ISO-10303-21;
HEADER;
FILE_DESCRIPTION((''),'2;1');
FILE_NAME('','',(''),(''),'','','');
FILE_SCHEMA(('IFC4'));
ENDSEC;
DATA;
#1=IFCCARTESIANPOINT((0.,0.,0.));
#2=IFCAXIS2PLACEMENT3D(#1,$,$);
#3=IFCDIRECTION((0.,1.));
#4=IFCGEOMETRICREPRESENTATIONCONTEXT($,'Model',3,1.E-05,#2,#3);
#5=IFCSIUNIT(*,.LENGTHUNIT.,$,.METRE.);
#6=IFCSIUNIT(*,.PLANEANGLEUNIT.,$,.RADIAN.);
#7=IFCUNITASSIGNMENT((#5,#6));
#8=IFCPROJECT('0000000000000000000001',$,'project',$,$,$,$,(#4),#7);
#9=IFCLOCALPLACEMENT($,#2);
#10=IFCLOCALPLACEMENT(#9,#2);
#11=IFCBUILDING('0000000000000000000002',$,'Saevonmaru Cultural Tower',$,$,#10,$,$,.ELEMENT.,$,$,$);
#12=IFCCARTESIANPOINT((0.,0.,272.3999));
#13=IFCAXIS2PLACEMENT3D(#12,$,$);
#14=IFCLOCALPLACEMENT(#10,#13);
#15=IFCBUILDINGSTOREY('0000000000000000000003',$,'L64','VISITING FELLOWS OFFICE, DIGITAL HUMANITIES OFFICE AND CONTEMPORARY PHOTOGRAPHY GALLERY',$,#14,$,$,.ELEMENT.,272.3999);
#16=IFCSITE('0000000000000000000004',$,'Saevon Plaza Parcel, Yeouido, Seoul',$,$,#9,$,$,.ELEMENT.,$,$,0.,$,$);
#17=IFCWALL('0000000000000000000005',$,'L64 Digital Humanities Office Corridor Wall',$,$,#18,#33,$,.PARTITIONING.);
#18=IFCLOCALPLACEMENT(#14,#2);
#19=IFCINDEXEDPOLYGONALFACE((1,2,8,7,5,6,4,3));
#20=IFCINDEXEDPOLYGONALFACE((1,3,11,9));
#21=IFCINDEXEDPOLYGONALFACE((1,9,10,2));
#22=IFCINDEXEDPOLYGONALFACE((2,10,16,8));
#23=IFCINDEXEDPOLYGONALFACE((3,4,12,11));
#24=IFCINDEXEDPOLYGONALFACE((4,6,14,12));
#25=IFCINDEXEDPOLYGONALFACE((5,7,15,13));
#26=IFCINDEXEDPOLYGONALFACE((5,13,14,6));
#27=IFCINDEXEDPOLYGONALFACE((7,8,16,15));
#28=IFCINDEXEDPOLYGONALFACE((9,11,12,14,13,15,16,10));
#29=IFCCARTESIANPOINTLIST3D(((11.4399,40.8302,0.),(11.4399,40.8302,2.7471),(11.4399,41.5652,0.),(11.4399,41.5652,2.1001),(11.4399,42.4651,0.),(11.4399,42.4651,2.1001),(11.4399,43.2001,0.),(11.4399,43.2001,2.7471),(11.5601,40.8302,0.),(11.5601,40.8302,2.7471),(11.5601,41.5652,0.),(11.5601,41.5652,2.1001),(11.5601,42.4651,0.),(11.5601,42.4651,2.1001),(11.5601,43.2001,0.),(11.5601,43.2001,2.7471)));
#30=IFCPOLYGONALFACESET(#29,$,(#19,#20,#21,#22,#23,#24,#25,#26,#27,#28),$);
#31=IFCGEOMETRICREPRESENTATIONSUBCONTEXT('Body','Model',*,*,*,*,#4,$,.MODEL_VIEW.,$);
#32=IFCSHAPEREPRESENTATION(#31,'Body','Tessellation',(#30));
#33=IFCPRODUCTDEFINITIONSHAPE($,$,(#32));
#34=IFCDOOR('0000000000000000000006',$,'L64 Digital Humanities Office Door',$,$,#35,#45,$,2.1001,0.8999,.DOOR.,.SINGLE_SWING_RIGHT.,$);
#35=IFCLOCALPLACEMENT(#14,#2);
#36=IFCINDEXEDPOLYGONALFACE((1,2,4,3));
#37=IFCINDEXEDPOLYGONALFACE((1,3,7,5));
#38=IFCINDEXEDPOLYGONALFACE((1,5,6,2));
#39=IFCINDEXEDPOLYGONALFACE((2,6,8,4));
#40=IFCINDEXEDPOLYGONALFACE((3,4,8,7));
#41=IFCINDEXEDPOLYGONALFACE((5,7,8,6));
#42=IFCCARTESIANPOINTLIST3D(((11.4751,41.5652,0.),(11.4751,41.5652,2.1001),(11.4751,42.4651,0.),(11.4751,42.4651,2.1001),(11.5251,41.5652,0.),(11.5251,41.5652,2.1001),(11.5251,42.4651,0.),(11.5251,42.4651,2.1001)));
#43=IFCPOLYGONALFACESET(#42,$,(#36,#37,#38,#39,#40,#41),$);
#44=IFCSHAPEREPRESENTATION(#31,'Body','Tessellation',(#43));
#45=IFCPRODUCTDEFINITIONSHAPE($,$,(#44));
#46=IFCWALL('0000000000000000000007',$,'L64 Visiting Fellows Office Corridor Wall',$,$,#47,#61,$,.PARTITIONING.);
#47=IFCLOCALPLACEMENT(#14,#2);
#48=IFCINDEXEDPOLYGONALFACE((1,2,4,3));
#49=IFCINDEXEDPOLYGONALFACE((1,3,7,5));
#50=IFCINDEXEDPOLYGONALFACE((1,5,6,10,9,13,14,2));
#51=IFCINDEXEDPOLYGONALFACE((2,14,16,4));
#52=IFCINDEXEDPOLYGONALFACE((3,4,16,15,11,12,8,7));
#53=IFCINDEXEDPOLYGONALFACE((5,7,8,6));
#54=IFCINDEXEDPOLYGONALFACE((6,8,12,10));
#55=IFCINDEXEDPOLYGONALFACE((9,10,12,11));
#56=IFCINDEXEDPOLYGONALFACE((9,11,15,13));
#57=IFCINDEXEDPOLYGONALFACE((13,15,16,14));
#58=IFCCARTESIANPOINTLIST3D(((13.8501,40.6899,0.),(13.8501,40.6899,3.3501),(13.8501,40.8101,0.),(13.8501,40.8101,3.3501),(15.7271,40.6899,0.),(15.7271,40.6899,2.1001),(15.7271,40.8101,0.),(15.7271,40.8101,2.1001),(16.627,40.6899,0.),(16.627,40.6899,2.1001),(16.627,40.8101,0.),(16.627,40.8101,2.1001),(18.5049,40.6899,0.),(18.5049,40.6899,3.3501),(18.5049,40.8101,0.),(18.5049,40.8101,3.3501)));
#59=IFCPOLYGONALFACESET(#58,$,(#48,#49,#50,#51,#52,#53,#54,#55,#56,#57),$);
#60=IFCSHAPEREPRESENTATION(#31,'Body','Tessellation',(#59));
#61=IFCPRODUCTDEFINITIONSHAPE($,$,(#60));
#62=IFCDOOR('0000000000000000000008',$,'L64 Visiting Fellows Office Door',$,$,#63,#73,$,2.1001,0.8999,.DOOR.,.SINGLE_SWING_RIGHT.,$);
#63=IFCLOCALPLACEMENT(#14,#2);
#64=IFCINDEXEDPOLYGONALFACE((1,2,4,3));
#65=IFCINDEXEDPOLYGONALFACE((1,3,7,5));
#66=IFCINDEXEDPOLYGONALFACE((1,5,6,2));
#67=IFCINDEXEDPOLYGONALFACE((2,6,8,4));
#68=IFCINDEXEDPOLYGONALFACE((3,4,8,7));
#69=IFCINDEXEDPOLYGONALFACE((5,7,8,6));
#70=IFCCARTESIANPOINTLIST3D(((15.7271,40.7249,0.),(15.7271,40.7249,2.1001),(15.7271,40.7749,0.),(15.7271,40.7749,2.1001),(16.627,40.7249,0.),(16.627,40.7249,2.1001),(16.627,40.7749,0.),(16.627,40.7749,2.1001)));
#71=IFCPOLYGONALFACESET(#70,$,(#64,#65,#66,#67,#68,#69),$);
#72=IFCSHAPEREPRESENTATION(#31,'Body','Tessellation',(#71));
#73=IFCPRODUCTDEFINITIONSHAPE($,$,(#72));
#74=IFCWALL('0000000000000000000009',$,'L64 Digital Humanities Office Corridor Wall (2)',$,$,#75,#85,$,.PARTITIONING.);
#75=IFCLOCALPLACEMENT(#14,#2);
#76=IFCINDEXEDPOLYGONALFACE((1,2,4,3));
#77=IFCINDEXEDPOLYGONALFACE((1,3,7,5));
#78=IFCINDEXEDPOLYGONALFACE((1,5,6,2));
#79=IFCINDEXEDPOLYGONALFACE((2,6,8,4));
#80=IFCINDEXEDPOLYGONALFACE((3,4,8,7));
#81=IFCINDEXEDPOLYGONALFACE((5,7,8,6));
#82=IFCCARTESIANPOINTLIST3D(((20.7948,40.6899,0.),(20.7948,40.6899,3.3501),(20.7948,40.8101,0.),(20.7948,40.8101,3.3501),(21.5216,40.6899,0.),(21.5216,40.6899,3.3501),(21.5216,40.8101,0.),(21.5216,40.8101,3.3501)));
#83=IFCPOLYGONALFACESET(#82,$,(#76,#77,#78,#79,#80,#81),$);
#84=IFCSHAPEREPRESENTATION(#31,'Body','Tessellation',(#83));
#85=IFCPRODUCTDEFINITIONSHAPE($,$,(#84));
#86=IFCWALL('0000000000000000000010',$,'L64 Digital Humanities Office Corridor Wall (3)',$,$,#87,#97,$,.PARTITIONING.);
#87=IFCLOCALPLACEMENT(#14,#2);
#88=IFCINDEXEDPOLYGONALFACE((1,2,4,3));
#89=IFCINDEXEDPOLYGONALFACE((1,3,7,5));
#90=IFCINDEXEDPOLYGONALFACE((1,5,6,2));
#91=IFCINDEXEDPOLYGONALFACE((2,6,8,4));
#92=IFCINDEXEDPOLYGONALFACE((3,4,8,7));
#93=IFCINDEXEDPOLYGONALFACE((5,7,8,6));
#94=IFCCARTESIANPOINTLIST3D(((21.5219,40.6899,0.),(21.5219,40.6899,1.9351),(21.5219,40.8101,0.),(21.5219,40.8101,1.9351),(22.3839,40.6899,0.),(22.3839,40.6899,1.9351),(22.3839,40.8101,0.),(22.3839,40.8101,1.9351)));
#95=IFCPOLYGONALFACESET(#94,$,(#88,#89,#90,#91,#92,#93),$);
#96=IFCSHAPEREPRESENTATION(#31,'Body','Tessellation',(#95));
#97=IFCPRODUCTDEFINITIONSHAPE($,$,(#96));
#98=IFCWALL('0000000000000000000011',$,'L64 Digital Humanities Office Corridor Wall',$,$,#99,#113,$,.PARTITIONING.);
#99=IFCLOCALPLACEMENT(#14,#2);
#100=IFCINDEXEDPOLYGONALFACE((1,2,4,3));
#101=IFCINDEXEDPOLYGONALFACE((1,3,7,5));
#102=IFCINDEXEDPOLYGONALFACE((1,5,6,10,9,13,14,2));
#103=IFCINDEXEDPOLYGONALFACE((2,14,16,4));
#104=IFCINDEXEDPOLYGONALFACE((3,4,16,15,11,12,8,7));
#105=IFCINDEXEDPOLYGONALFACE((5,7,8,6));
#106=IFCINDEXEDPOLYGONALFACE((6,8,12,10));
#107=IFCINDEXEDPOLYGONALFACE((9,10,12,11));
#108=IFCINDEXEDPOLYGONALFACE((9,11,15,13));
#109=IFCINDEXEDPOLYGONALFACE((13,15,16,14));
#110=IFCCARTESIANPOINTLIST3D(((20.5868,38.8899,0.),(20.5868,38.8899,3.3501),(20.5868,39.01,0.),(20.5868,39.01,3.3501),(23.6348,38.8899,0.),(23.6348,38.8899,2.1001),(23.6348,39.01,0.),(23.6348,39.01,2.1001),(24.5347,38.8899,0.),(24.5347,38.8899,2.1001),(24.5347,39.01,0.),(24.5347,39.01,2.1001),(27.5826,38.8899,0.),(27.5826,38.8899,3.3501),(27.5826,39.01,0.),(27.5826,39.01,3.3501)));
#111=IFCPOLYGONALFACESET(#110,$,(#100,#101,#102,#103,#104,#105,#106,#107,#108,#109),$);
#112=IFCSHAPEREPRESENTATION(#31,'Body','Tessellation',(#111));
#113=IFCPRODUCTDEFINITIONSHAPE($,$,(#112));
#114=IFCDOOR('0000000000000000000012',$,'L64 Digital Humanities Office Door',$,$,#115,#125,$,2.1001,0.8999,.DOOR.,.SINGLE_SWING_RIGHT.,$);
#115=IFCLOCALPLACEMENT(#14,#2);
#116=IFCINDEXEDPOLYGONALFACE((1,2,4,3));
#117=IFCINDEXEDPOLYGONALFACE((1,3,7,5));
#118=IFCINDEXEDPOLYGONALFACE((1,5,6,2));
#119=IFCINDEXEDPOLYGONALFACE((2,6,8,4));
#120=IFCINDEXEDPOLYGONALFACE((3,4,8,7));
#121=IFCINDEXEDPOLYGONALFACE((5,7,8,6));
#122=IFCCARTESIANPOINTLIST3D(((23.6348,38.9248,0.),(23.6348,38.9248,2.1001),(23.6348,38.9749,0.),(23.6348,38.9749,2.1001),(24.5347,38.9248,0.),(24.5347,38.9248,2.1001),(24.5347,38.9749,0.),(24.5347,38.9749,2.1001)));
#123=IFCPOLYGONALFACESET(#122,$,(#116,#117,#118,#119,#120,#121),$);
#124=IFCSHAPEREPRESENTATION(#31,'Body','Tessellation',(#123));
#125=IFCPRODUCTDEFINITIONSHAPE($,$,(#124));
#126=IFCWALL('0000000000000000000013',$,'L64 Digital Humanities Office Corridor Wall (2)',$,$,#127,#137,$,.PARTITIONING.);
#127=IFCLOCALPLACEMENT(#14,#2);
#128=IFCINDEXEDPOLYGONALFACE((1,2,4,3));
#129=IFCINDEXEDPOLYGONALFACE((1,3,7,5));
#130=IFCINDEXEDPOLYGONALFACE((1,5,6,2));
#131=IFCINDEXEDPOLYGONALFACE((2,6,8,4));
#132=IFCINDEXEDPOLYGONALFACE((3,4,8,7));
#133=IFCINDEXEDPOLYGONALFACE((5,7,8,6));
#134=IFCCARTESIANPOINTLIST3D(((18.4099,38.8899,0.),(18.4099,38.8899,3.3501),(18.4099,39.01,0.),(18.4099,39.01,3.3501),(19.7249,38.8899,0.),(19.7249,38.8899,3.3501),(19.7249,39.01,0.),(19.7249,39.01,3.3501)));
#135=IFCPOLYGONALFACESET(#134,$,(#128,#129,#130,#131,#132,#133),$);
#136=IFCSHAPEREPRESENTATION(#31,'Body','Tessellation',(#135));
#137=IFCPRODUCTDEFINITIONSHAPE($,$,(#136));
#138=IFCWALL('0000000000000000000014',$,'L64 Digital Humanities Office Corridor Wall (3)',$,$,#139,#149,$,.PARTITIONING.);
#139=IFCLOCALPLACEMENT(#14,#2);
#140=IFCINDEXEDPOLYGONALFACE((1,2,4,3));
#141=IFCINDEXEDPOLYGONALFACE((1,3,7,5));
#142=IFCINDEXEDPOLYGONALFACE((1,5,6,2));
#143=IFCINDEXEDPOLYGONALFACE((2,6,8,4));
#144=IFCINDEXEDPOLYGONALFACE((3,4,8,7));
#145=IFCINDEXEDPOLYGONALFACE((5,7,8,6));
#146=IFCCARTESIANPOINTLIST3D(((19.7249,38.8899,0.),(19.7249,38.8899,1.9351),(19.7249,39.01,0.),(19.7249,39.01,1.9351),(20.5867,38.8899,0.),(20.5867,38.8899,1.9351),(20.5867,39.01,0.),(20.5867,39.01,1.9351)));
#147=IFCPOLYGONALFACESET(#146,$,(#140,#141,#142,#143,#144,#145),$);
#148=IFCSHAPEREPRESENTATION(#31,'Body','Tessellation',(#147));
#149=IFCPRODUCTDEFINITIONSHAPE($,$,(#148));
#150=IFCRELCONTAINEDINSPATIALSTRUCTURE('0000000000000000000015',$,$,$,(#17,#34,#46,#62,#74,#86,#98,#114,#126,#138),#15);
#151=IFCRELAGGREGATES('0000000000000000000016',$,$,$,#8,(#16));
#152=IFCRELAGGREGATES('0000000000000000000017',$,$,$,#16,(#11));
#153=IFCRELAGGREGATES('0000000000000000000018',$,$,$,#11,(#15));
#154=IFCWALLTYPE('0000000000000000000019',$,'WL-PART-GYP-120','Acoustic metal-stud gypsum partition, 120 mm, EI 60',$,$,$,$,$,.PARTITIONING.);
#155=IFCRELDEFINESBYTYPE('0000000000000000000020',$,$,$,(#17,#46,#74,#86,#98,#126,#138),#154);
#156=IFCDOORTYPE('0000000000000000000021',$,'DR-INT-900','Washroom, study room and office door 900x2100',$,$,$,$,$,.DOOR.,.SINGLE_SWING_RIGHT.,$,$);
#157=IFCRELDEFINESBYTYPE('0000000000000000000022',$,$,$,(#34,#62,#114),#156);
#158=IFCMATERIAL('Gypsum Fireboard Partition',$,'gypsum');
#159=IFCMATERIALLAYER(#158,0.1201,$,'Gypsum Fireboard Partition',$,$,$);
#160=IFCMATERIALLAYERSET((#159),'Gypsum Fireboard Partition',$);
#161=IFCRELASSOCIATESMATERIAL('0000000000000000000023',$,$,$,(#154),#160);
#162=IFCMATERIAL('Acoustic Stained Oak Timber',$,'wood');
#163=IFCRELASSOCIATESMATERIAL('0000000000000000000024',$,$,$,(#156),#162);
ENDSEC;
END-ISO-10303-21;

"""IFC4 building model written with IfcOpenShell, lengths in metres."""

from ifc_helpers import new_model, si_unit, direction, frame, frame_2d, origin, place, context, subcontext, project, spatial, rectangle, extrude, material, layer, layer_set, type_object, element, fill, save


model = new_model("IFC4")

# Units and contexts
model_context = context("Model", 3, precision=1e-05, world=origin(), true_north=direction((0.0, 1.0)))
body_context = subcontext(model_context, "Body", "Model", "MODEL_VIEW")
ifc_project = project(units=[si_unit("LENGTHUNIT", "METRE"), si_unit("PLANEANGLEUNIT", "RADIAN")], contexts=[model_context])

# Site, building, storey
site_placement = place(None, origin())
site = spatial("IfcSite", under=ifc_project, at=site_placement, Name="Saevon Plaza Parcel, Yeouido, Seoul", CompositionType="ELEMENT", RefElevation=0.0)
building_placement = place(site_placement, origin())
building = spatial("IfcBuilding", under=site, at=building_placement, Name="Saevonmaru Cultural Tower", CompositionType="ELEMENT")
storey_placement = place(building_placement, frame((0.0, 0.0, 272.3999)))
storey = spatial("IfcBuildingStorey", under=building, at=storey_placement, Name="L64", Description="VISITING FELLOWS OFFICE, DIGITAL HUMANITIES OFFICE AND CONTEMPORARY PHOTOGRAPHY GALLERY", CompositionType="ELEMENT", Elevation=272.3999)

# Shared definitions
ifc_material_1 = material(Name="Gypsum Fireboard Partition", Category="gypsum")
ifc_layer_1 = layer(ifc_material_1, 0.1201, Name="Gypsum Fireboard Partition")
ifc_layer_set_1 = layer_set([ifc_layer_1], Name="Gypsum Fireboard Partition")
wall_type_1 = type_object("IfcWallType", Name="WL-PART-GYP-120", Description="Acoustic metal-stud gypsum partition, 120 mm, EI 60", PredefinedType="PARTITIONING", material=ifc_layer_set_1)

# Walls, openings, doors
wall_1_placement = place(storey_placement, frame((11.5, 40.8301, 0.0), z_axis=(0.0, 0.0, 1.0), x_axis=(0.0, 1.0, 0.0)))
wall_1 = element("IfcWall", 1, at=wall_1_placement, inside=storey, type_object=wall_type_1, Name="L64 Digital Humanities Office Corridor Wall", PredefinedType="PARTITIONING", context=body_context, shape_type="SweptSolid", body=[
    extrude(rectangle(XDim=2.3699, YDim=0.1201, at=frame_2d((1.1851, 0.0))), origin(), (0.0, 0.0, 1.0), 2.7471),
])
opening_1_placement = place(wall_1_placement, frame((0.7351, 0.0, 0.0)))
opening_1 = element("IfcOpeningElement", 2, at=opening_1_placement, cuts=wall_1, PredefinedType="OPENING", context=body_context, shape_type="SweptSolid", body=[
    extrude(rectangle(XDim=0.8999, YDim=2.1001, at=frame_2d((0.45, 1.05))), frame((0.0, 0.0701, 0.0), z_axis=(0.0, -1.0, 0.0), x_axis=(1.0, 0.0, 0.0)), (0.0, 0.0, 1.0), 0.1401),
])
ifc_material_2 = material(Name="Acoustic Stained Oak Timber", Category="wood")
door_type = type_object("IfcDoorType", Name="DR-INT-900", Description="Washroom, study room and office door 900x2100", OperationType="SINGLE_SWING_RIGHT", PredefinedType="DOOR", material=ifc_material_2)
door_1_placement = place(opening_1_placement, origin())
door_1 = element("IfcDoor", 3, at=door_1_placement, inside=storey, type_object=door_type, Name="L64 Digital Humanities Office Door", OperationType="SINGLE_SWING_RIGHT", OverallHeight=2.1001, OverallWidth=0.8999, PredefinedType="DOOR", context=body_context, shape_type="SweptSolid", body=[
    extrude(rectangle(XDim=0.8999, YDim=2.1001, at=frame_2d((0.45, 1.05))), frame((0.0, 0.0249, 0.0), z_axis=(0.0, -1.0, 0.0), x_axis=(1.0, 0.0, 0.0)), (0.0, 0.0, 1.0), 0.05),
])
fill(opening_1, door_1)
wall_2_placement = place(storey_placement, frame((13.8501, 40.75, 0.0), z_axis=(0.0, 0.0, 1.0), x_axis=(1.0, 0.0, 0.0)))
wall_2 = element("IfcWall", 4, at=wall_2_placement, inside=storey, type_object=wall_type_1, Name="L64 Visiting Fellows Office Corridor Wall", PredefinedType="PARTITIONING", context=body_context, shape_type="SweptSolid", body=[
    extrude(rectangle(XDim=4.6548, YDim=0.1201, at=frame_2d((2.3274, 0.0))), origin(), (0.0, 0.0, 1.0), 3.3501),
])
opening_2_placement = place(wall_2_placement, frame((1.877, 0.0, 0.0)))
opening_2 = element("IfcOpeningElement", 5, at=opening_2_placement, cuts=wall_2, PredefinedType="OPENING", context=body_context, shape_type="SweptSolid", body=[
    extrude(rectangle(XDim=0.8999, YDim=2.1001, at=frame_2d((0.45, 1.05))), frame((0.0, 0.0701, 0.0), z_axis=(0.0, -1.0, 0.0), x_axis=(1.0, 0.0, 0.0)), (0.0, 0.0, 1.0), 0.1401),
])
door_2_placement = place(opening_2_placement, origin())
door_2 = element("IfcDoor", 6, at=door_2_placement, inside=storey, type_object=door_type, Name="L64 Visiting Fellows Office Door", OperationType="SINGLE_SWING_RIGHT", OverallHeight=2.1001, OverallWidth=0.8999, PredefinedType="DOOR", context=body_context, shape_type="SweptSolid", body=[
    extrude(rectangle(XDim=0.8999, YDim=2.1001, at=frame_2d((0.45, 1.05))), frame((0.0, 0.0249, 0.0), z_axis=(0.0, -1.0, 0.0), x_axis=(1.0, 0.0, 0.0)), (0.0, 0.0, 1.0), 0.05),
])
fill(opening_2, door_2)

# Walls
wall_3_placement = place(storey_placement, frame((20.7949, 40.75, 0.0), z_axis=(0.0, 0.0, 1.0), x_axis=(1.0, 0.0, 0.0)))
element("IfcWall", 7, at=wall_3_placement, inside=storey, type_object=wall_type_1, Name="L64 Digital Humanities Office Corridor Wall (2)", PredefinedType="PARTITIONING", context=body_context, shape_type="SweptSolid", body=[
    extrude(rectangle(XDim=0.7268, YDim=0.1201, at=frame_2d((0.3633, 0.0))), origin(), (0.0, 0.0, 1.0), 3.3501),
])
wall_4_placement = place(storey_placement, frame((21.5217, 40.75, 0.0), z_axis=(0.0, 0.0, 1.0), x_axis=(1.0, 0.0, 0.0)))
element("IfcWall", 8, at=wall_4_placement, inside=storey, type_object=wall_type_1, Name="L64 Digital Humanities Office Corridor Wall (3)", PredefinedType="PARTITIONING", context=body_context, shape_type="SweptSolid", body=[
    extrude(rectangle(XDim=0.8621, YDim=0.1201, at=frame_2d((0.4312, 0.0))), origin(), (0.0, 0.0, 1.0), 1.9351),
])

# Wall, opening, door
wall_5_placement = place(storey_placement, frame((20.5867, 38.95, 0.0), z_axis=(0.0, 0.0, 1.0), x_axis=(1.0, 0.0, 0.0)))
wall_5 = element("IfcWall", 9, at=wall_5_placement, inside=storey, type_object=wall_type_1, Name="L64 Digital Humanities Office Corridor Wall", PredefinedType="PARTITIONING", context=body_context, shape_type="SweptSolid", body=[
    extrude(rectangle(XDim=6.9958, YDim=0.1201, at=frame_2d((3.498, 0.0))), origin(), (0.0, 0.0, 1.0), 3.3501),
])
opening_3_placement = place(wall_5_placement, frame((3.0481, 0.0, 0.0)))
opening_3 = element("IfcOpeningElement", 10, at=opening_3_placement, cuts=wall_5, PredefinedType="OPENING", context=body_context, shape_type="SweptSolid", body=[
    extrude(rectangle(XDim=0.8999, YDim=2.1001, at=frame_2d((0.45, 1.05))), frame((0.0, 0.0701, 0.0), z_axis=(0.0, -1.0, 0.0), x_axis=(1.0, 0.0, 0.0)), (0.0, 0.0, 1.0), 0.1401),
])
door_3_placement = place(opening_3_placement, origin())
door_3 = element("IfcDoor", 11, at=door_3_placement, inside=storey, type_object=door_type, Name="L64 Digital Humanities Office Door", OperationType="SINGLE_SWING_RIGHT", OverallHeight=2.1001, OverallWidth=0.8999, PredefinedType="DOOR", context=body_context, shape_type="SweptSolid", body=[
    extrude(rectangle(XDim=0.8999, YDim=2.1001, at=frame_2d((0.45, 1.05))), frame((0.0, 0.0249, 0.0), z_axis=(0.0, -1.0, 0.0), x_axis=(1.0, 0.0, 0.0)), (0.0, 0.0, 1.0), 0.05),
])
fill(opening_3, door_3)

# Walls
wall_6_placement = place(storey_placement, frame((18.4099, 38.95, 0.0), z_axis=(0.0, 0.0, 1.0), x_axis=(1.0, 0.0, 0.0)))
element("IfcWall", 12, at=wall_6_placement, inside=storey, type_object=wall_type_1, Name="L64 Digital Humanities Office Corridor Wall (2)", PredefinedType="PARTITIONING", context=body_context, shape_type="SweptSolid", body=[
    extrude(rectangle(XDim=1.3149, YDim=0.1201, at=frame_2d((0.6575, 0.0))), origin(), (0.0, 0.0, 1.0), 3.3501),
])
wall_7_placement = place(storey_placement, frame((19.7249, 38.95, 0.0), z_axis=(0.0, 0.0, 1.0), x_axis=(1.0, 0.0, 0.0)))
element("IfcWall", 13, at=wall_7_placement, inside=storey, type_object=wall_type_1, Name="L64 Digital Humanities Office Corridor Wall (3)", PredefinedType="PARTITIONING", context=body_context, shape_type="SweptSolid", body=[
    extrude(rectangle(XDim=0.8618, YDim=0.1201, at=frame_2d((0.4309, 0.0))), origin(), (0.0, 0.0, 1.0), 1.9351),
])

save(model, "model.ifc")
